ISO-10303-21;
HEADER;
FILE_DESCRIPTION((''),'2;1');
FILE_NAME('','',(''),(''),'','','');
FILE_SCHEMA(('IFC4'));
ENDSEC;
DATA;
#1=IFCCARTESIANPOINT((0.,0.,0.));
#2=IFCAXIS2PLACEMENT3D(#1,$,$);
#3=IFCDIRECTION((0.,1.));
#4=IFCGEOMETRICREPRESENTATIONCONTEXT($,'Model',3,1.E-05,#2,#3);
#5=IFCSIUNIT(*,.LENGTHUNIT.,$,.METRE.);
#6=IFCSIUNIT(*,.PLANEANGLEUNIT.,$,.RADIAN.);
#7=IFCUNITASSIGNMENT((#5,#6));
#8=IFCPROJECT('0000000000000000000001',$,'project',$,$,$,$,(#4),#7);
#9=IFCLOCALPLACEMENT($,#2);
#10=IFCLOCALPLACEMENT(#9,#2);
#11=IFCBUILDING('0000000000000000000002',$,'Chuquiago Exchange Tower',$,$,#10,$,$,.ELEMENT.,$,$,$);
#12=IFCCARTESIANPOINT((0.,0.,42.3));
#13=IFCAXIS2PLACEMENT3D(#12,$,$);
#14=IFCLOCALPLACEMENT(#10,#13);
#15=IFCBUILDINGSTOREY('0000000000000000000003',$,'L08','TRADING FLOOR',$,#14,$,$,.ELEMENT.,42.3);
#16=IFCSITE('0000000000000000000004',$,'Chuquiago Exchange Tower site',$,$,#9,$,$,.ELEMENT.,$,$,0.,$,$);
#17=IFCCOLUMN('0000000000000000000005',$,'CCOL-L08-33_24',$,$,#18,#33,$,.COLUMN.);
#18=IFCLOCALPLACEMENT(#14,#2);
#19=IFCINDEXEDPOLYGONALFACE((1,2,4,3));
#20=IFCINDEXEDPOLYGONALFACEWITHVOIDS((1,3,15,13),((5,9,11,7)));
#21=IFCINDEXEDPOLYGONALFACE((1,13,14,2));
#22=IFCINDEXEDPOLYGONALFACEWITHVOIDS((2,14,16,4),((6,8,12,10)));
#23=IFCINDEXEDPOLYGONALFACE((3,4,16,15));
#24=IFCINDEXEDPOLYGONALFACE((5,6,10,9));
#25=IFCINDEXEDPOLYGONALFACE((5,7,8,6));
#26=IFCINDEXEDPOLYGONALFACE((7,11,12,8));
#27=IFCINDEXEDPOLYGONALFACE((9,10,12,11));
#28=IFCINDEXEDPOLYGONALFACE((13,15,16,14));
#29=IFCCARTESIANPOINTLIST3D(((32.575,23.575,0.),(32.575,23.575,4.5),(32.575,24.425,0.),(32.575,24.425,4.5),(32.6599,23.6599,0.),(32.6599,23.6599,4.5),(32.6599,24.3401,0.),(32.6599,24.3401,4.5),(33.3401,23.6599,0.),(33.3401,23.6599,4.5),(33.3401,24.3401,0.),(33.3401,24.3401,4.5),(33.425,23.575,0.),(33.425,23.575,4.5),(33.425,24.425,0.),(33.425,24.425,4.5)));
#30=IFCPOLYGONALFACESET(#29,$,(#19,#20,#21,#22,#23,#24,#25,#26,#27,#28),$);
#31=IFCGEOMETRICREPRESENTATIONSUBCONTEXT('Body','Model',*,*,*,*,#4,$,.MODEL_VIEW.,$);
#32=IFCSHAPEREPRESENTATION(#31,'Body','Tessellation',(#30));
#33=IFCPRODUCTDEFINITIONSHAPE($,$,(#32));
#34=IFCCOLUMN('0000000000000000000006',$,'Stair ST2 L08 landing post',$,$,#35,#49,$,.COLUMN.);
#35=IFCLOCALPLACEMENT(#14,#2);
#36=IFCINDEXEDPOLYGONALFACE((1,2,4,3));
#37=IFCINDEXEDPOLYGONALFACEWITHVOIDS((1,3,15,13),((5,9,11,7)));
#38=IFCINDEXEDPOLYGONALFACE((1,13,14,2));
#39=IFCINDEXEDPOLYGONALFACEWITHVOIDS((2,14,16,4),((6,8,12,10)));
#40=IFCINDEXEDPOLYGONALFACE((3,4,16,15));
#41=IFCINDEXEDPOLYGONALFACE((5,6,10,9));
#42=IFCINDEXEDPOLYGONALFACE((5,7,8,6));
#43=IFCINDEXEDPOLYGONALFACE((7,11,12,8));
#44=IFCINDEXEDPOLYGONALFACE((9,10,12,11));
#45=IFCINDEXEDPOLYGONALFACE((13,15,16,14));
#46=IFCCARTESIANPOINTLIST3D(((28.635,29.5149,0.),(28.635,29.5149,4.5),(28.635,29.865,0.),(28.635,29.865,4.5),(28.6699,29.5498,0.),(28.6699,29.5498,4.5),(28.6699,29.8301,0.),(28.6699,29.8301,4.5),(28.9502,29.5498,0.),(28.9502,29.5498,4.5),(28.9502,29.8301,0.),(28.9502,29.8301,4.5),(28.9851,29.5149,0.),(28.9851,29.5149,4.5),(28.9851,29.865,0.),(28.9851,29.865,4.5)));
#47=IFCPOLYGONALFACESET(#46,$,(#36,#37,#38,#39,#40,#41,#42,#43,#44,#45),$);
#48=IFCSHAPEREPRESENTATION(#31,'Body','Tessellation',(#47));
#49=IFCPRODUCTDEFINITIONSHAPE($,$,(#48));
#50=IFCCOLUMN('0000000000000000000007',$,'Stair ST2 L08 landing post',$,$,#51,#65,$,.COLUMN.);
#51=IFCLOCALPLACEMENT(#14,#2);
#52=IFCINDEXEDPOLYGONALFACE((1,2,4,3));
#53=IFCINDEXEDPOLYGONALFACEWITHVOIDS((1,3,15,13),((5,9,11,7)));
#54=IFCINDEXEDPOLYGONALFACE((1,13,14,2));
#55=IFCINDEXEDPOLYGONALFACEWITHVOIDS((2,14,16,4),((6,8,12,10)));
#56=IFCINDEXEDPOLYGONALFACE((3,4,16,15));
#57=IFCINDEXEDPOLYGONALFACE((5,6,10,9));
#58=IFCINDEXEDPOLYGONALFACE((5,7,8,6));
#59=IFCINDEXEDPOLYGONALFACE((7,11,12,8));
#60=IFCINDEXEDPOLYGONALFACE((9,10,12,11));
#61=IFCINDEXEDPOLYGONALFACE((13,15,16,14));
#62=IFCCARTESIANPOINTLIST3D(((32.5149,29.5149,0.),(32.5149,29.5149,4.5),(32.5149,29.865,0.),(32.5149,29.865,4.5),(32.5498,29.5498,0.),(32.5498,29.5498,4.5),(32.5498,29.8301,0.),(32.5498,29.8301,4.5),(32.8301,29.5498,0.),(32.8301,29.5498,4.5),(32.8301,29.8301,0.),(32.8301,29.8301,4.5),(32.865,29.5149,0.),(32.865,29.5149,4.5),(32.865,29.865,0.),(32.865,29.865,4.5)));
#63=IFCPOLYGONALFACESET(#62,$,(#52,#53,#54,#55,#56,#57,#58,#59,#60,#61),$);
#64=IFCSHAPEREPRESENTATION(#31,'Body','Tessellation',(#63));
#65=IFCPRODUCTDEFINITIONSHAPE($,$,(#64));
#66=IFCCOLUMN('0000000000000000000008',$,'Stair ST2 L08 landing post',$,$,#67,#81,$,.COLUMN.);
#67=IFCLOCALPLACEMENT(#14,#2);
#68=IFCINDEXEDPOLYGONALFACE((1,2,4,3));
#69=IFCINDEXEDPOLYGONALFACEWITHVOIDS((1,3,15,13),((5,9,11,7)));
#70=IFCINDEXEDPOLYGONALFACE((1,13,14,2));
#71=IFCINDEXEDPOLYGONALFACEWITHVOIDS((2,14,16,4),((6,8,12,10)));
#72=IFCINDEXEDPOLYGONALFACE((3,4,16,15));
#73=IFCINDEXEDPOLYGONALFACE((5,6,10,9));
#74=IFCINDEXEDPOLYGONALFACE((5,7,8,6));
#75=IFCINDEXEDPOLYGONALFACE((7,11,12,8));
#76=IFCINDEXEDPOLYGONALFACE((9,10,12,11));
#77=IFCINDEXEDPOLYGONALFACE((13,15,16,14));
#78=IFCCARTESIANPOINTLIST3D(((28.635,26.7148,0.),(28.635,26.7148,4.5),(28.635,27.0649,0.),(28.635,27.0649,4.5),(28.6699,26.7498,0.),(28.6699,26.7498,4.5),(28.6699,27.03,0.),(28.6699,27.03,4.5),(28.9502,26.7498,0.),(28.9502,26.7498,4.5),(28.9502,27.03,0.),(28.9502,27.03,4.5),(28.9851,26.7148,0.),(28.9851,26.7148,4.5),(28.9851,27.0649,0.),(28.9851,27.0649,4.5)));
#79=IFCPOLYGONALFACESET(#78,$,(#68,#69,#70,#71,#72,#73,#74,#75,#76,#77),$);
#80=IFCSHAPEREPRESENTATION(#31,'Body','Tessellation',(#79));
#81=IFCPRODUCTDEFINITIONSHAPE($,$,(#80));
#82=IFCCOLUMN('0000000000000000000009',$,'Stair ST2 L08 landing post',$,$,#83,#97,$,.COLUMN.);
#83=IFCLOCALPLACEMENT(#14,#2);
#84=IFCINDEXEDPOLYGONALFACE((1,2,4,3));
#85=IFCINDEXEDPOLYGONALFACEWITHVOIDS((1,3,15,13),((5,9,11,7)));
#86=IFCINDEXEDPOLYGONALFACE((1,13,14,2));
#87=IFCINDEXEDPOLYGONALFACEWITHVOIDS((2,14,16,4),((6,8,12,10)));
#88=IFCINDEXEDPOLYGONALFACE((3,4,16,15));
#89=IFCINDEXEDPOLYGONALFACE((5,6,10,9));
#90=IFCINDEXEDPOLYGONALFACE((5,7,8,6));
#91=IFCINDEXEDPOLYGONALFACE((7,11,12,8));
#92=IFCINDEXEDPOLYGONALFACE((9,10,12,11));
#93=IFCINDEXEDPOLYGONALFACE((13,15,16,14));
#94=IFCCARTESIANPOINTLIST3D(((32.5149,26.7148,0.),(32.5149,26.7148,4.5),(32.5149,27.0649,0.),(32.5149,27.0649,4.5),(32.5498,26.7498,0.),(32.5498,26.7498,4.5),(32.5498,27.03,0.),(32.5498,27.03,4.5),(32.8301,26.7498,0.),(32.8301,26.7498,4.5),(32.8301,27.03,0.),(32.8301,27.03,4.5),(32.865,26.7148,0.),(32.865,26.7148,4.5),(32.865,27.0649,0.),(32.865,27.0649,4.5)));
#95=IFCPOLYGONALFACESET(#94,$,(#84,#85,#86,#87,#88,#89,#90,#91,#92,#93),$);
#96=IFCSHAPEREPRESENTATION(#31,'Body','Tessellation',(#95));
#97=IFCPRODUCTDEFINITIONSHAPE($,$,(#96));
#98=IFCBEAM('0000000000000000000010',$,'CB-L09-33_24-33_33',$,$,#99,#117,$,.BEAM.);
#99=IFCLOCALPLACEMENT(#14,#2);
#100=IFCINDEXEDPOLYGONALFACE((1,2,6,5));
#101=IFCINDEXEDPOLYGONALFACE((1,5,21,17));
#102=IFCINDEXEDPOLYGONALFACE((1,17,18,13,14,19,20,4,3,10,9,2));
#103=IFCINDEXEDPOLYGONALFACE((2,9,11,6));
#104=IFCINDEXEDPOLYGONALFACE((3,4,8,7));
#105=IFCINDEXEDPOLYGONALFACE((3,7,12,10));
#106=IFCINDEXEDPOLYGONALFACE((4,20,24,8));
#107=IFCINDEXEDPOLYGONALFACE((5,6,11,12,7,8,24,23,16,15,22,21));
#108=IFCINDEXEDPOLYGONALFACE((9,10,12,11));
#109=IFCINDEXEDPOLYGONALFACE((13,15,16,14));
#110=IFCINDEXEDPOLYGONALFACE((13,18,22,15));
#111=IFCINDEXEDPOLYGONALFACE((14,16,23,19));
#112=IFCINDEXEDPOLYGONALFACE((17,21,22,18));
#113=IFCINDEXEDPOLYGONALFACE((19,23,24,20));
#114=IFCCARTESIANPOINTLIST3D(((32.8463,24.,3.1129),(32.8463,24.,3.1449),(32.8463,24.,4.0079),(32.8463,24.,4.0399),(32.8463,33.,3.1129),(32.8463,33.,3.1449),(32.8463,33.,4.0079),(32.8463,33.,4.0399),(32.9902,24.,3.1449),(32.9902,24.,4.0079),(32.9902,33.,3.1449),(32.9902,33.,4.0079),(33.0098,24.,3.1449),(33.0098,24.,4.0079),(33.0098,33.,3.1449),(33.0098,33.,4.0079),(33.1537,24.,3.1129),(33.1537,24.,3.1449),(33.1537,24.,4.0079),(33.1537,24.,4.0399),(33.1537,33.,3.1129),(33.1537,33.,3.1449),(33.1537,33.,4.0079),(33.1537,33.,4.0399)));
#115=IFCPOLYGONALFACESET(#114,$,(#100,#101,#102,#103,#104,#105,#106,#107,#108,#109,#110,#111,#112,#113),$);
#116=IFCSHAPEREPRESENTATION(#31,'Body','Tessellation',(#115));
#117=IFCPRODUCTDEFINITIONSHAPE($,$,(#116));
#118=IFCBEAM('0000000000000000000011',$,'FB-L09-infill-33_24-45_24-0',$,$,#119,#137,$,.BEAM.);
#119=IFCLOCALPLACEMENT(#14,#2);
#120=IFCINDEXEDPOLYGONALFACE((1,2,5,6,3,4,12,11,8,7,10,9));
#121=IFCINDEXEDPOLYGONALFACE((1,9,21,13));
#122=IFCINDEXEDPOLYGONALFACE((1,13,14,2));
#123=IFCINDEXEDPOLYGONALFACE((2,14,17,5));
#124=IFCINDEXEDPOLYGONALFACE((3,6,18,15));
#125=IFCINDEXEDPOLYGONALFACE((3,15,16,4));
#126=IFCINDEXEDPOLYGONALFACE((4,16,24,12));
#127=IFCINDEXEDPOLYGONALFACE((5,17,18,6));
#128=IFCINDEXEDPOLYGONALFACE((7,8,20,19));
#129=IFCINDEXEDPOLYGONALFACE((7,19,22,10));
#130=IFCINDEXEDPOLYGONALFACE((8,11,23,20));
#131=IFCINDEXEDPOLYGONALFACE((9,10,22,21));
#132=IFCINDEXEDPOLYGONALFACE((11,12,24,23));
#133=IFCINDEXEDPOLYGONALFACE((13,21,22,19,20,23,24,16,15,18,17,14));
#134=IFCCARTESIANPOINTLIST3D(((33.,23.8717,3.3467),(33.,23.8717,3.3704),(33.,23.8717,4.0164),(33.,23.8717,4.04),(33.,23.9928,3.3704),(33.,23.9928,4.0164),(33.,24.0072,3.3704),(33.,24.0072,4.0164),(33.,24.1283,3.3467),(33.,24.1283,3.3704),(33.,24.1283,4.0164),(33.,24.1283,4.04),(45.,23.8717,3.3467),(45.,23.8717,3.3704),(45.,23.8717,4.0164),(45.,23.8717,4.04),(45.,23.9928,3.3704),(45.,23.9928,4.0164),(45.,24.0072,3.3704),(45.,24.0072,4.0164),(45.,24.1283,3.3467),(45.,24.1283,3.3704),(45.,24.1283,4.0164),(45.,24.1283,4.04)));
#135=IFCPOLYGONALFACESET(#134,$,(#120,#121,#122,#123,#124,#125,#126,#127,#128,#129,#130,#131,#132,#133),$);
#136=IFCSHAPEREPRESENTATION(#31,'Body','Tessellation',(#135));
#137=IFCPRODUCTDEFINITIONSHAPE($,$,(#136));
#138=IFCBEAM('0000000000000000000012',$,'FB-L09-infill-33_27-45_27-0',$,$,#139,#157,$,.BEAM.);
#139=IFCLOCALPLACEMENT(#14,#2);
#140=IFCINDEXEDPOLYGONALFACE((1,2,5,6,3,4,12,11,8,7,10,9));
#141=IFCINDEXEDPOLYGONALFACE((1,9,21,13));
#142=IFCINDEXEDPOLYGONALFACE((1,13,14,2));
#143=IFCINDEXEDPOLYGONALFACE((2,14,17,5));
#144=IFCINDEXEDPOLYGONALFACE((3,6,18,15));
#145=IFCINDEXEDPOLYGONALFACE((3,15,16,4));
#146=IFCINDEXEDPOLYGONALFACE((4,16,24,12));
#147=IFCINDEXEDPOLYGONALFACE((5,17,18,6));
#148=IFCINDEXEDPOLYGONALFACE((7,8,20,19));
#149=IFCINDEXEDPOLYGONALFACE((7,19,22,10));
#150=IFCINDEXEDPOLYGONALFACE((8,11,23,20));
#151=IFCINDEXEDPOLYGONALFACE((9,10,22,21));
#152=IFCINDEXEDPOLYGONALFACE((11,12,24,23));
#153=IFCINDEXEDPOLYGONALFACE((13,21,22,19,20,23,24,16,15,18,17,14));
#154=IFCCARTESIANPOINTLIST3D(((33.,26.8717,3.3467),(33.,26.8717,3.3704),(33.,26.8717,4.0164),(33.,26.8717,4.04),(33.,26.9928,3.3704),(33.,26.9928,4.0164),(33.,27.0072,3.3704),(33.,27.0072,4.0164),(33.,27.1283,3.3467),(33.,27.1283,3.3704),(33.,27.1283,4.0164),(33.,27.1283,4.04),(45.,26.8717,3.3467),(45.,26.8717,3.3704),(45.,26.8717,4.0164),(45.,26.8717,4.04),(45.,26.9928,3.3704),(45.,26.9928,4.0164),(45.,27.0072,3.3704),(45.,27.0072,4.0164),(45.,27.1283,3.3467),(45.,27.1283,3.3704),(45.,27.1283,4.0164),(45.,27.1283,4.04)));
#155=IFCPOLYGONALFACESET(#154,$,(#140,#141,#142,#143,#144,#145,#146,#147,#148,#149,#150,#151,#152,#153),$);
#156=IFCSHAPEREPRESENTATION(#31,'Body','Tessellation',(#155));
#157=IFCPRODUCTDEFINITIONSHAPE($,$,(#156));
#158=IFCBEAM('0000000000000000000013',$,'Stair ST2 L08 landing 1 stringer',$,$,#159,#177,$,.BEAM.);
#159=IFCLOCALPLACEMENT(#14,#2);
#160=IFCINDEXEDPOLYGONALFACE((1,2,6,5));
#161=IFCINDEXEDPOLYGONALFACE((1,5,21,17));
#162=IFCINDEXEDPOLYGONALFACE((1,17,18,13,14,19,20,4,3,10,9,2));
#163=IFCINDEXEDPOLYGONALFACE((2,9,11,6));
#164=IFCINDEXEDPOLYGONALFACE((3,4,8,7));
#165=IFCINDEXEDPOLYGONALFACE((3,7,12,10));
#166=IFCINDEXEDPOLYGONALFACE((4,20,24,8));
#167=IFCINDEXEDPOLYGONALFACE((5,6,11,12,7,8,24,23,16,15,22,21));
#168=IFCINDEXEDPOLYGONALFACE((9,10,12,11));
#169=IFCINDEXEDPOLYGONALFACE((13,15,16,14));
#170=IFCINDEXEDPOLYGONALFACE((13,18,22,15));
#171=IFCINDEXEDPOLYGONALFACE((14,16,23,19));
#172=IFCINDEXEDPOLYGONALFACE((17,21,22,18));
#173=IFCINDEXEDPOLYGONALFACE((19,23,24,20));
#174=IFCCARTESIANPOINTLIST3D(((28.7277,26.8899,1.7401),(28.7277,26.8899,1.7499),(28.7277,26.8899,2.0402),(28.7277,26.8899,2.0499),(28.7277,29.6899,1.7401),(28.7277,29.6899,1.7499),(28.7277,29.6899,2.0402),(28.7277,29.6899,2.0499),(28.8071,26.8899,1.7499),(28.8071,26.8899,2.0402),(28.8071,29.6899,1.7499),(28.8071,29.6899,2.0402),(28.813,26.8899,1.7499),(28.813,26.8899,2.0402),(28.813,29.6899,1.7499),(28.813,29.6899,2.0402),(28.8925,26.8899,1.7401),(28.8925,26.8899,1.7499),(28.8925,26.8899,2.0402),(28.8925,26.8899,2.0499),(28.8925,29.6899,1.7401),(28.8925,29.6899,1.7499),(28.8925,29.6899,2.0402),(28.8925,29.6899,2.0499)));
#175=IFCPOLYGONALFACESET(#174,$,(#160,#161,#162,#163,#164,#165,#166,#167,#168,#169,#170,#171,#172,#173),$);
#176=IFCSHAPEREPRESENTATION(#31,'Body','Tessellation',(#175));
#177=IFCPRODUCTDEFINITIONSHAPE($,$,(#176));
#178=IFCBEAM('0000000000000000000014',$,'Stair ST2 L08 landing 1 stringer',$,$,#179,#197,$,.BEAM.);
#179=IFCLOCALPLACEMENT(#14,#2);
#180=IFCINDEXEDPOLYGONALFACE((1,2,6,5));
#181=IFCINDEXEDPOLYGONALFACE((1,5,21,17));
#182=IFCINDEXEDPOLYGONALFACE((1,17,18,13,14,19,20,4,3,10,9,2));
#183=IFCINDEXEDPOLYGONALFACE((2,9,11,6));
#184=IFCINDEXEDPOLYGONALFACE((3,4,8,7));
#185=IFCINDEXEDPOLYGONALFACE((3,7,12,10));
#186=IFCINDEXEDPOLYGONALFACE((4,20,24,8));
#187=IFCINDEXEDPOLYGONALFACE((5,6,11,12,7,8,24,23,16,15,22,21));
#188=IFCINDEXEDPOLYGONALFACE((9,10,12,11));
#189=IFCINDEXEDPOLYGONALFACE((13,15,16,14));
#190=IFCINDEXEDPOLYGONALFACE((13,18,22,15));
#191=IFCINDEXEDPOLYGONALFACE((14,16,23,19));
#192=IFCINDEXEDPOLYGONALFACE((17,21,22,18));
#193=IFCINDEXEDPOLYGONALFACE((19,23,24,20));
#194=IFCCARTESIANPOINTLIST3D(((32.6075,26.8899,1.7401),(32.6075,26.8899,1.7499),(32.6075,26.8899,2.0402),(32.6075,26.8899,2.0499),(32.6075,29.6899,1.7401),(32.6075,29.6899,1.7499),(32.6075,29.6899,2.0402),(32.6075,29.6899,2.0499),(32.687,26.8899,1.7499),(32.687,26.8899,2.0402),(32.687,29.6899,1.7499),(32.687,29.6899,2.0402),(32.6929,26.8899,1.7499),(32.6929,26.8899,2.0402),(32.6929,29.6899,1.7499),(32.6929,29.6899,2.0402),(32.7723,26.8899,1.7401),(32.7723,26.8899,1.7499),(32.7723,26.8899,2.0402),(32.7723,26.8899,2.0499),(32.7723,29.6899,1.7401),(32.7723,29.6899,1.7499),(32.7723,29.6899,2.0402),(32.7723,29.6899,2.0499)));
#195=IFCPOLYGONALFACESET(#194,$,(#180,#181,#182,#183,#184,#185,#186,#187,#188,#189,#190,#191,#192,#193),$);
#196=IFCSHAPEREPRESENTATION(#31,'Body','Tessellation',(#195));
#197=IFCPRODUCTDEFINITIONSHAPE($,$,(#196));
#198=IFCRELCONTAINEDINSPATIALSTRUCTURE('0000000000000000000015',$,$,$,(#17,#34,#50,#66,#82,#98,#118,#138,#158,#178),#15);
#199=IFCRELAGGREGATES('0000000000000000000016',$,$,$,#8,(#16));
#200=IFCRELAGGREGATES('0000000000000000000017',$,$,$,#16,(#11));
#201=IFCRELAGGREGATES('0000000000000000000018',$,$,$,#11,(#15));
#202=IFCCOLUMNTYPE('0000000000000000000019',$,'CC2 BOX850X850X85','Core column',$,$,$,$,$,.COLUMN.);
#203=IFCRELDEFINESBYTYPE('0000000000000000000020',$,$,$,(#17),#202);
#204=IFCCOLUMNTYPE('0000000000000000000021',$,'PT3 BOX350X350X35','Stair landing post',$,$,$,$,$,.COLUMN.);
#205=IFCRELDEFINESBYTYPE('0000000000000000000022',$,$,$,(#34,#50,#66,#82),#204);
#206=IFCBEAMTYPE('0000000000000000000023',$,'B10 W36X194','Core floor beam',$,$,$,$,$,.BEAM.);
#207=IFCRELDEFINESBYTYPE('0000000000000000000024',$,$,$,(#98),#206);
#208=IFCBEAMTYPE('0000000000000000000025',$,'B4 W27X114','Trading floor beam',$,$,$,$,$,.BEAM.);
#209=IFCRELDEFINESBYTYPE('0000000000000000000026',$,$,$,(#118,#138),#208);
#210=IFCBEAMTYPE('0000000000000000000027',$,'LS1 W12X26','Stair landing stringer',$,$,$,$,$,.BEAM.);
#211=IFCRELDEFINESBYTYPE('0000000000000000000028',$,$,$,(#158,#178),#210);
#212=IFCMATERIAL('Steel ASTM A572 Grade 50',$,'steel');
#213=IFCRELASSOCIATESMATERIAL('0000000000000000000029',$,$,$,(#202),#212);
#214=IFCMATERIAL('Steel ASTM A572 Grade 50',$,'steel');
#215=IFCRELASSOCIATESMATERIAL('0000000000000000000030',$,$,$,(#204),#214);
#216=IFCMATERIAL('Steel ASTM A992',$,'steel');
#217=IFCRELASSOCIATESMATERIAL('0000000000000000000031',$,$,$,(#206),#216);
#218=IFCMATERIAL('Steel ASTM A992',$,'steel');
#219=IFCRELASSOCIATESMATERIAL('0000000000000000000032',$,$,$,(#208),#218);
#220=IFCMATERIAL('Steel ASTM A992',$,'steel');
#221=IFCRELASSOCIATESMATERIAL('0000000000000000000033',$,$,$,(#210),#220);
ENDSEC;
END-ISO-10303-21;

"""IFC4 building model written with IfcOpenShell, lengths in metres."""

from ifc_helpers import new_model, si_unit, direction, frame, origin, origin_2d, place, context, subcontext, project, spatial, hollow_rectangle, i_section, extrude, material, material_profile, profile_set, type_object, element, save


model = new_model("IFC4")

# Units and contexts
model_context = context("Model", 3, precision=1e-05, world=origin(), true_north=direction((0.0, 1.0)))
body_context = subcontext(model_context, "Body", "Model", "MODEL_VIEW")
ifc_project = project(units=[si_unit("LENGTHUNIT", "METRE"), si_unit("PLANEANGLEUNIT", "RADIAN")], contexts=[model_context])

# Site, building, storey
site_placement = place(None, origin())
site = spatial("IfcSite", under=ifc_project, at=site_placement, Name="Chuquiago Exchange Tower site", CompositionType="ELEMENT", RefElevation=0.0)
building_placement = place(site_placement, origin())
building = spatial("IfcBuilding", under=site, at=building_placement, Name="Chuquiago Exchange Tower", CompositionType="ELEMENT")
storey_placement = place(building_placement, frame((0.0, 0.0, 42.3)))
storey = spatial("IfcBuildingStorey", under=building, at=storey_placement, Name="L08", Description="TRADING FLOOR", CompositionType="ELEMENT", Elevation=42.3)

# Columns
ifc_material_1 = material(Name="Steel ASTM A572 Grade 50", Category="steel")
ifc_material_profile_1 = material_profile(ifc_material_1, hollow_rectangle(XDim=0.8501, YDim=0.8501, WallThickness=0.085, at=origin_2d()), Name="BOX850X850X85")
ifc_profile_set_1 = profile_set([ifc_material_profile_1], Name="Steel ASTM A572 Grade 50")
column_type_1 = type_object("IfcColumnType", Name="CC2 BOX850X850X85", Description="Core column", PredefinedType="COLUMN", material=ifc_profile_set_1)
column_placement = place(storey_placement, frame((33.0, 24.0, 0.0), z_axis=(0.0, 0.0, 1.0), x_axis=(1.0, 0.0, 0.0)))
element("IfcColumn", 1, at=column_placement, inside=storey, type_object=column_type_1, Name="CCOL-L08-33_24", PredefinedType="COLUMN", context=body_context, shape_type="SweptSolid", body=[
    extrude(hollow_rectangle(XDim=0.8501, YDim=0.8501, WallThickness=0.085, at=origin_2d()), origin(), (0.0, 0.0, 1.0), 4.5),
])
ifc_material_2 = material(Name="Steel ASTM A572 Grade 50", Category="steel")
ifc_material_profile_2 = material_profile(ifc_material_2, hollow_rectangle(XDim=0.3501, YDim=0.3501, WallThickness=0.0349, at=origin_2d()), Name="BOX350X350X35")
ifc_profile_set_2 = profile_set([ifc_material_profile_2], Name="Steel ASTM A572 Grade 50")
column_type_2 = type_object("IfcColumnType", Name="PT3 BOX350X350X35", Description="Stair landing post", PredefinedType="COLUMN", material=ifc_profile_set_2)
for number, where, z_axis, x_axis, name in (
    (2, (28.8101, 29.6899, 0.0), (0.0, 0.0, 1.0), (1.0, 0.0, 0.0), "Stair ST2 L08 landing post"),
    (3, (32.6899, 29.6899, 0.0), (0.0, 0.0, 1.0), (1.0, 0.0, 0.0), "Stair ST2 L08 landing post"),
    (4, (28.8101, 26.8899, 0.0), (0.0, 0.0, 1.0), (1.0, 0.0, 0.0), "Stair ST2 L08 landing post"),
    (5, (32.6899, 26.8899, 0.0), (0.0, 0.0, 1.0), (1.0, 0.0, 0.0), "Stair ST2 L08 landing post"),
):
    element("IfcColumn", number, at=place(storey_placement, frame(where, z_axis=z_axis, x_axis=x_axis)), inside=storey, type_object=column_type_2, Name=name, PredefinedType="COLUMN", context=body_context, shape_type="SweptSolid", body=[
        extrude(hollow_rectangle(XDim=0.3501, YDim=0.3501, WallThickness=0.0349, at=origin_2d()), origin(), (0.0, 0.0, 1.0), 4.5),
    ])

# Beams
ifc_material_3 = material(Name="Steel ASTM A992", Category="steel")
ifc_material_profile_3 = material_profile(ifc_material_3, i_section(OverallWidth=0.3074, OverallDepth=0.927, WebThickness=0.0195, FlangeThickness=0.032, at=origin_2d()), Name="W36X194")
ifc_profile_set_3 = profile_set([ifc_material_profile_3], Name="Steel ASTM A992")
beam_type_1 = type_object("IfcBeamType", Name="B10 W36X194", Description="Core floor beam", PredefinedType="BEAM", material=ifc_profile_set_3)
beam_placement = place(storey_placement, frame((33.0, 24.0, 3.5764), z_axis=(0.0, 1.0, 0.0), x_axis=(-1.0, 0.0, 0.0)))
element("IfcBeam", 6, at=beam_placement, inside=storey, type_object=beam_type_1, Name="CB-L09-33_24-33_33", PredefinedType="BEAM", context=body_context, shape_type="SweptSolid", body=[
    extrude(i_section(OverallWidth=0.3074, OverallDepth=0.927, WebThickness=0.0195, FlangeThickness=0.032, at=origin_2d()), origin(), (0.0, 0.0, 1.0), 9.0),
])
ifc_material_4 = material(Name="Steel ASTM A992", Category="steel")
ifc_material_profile_4 = material_profile(ifc_material_4, i_section(OverallWidth=0.2566, OverallDepth=0.6934, WebThickness=0.0144, FlangeThickness=0.0237, at=origin_2d()), Name="W27X114")
ifc_profile_set_4 = profile_set([ifc_material_profile_4], Name="Steel ASTM A992")
beam_type_2 = type_object("IfcBeamType", Name="B4 W27X114", Description="Trading floor beam", PredefinedType="BEAM", material=ifc_profile_set_4)
for number, where, z_axis, x_axis, name in (
    (7, (33.0, 24.0, 3.6934), (1.0, 0.0, 0.0), (0.0, 1.0, 0.0), "FB-L09-infill-33_24-45_24-0"),
    (8, (33.0, 27.0, 3.6934), (1.0, 0.0, 0.0), (0.0, 1.0, 0.0), "FB-L09-infill-33_27-45_27-0"),
):
    element("IfcBeam", number, at=place(storey_placement, frame(where, z_axis=z_axis, x_axis=x_axis)), inside=storey, type_object=beam_type_2, Name=name, PredefinedType="BEAM", context=body_context, shape_type="SweptSolid", body=[
        extrude(i_section(OverallWidth=0.2566, OverallDepth=0.6934, WebThickness=0.0144, FlangeThickness=0.0237, at=origin_2d()), origin(), (0.0, 0.0, 1.0), 12.0),
    ])
ifc_material_5 = material(Name="Steel ASTM A992", Category="steel")
ifc_material_profile_5 = material_profile(ifc_material_5, i_section(OverallWidth=0.1648, OverallDepth=0.3098, WebThickness=0.0059, FlangeThickness=0.0098, at=origin_2d()), Name="W12X26")
ifc_profile_set_5 = profile_set([ifc_material_profile_5], Name="Steel ASTM A992")
beam_type_3 = type_object("IfcBeamType", Name="LS1 W12X26", Description="Stair landing stringer", PredefinedType="BEAM", material=ifc_profile_set_5)
for number, where, z_axis, x_axis, name in (
    (9, (28.8101, 26.8899, 1.895), (0.0, 1.0, 0.0), (-1.0, 0.0, 0.0), "Stair ST2 L08 landing 1 stringer"),
    (10, (32.6899, 26.8899, 1.895), (0.0, 1.0, 0.0), (-1.0, 0.0, 0.0), "Stair ST2 L08 landing 1 stringer"),
):
    element("IfcBeam", number, at=place(storey_placement, frame(where, z_axis=z_axis, x_axis=x_axis)), inside=storey, type_object=beam_type_3, Name=name, PredefinedType="BEAM", context=body_context, shape_type="SweptSolid", body=[
        extrude(i_section(OverallWidth=0.1648, OverallDepth=0.3098, WebThickness=0.0059, FlangeThickness=0.0098, at=origin_2d()), origin(), (0.0, 0.0, 1.0), 2.8),
    ])

save(model, "model.ifc")
